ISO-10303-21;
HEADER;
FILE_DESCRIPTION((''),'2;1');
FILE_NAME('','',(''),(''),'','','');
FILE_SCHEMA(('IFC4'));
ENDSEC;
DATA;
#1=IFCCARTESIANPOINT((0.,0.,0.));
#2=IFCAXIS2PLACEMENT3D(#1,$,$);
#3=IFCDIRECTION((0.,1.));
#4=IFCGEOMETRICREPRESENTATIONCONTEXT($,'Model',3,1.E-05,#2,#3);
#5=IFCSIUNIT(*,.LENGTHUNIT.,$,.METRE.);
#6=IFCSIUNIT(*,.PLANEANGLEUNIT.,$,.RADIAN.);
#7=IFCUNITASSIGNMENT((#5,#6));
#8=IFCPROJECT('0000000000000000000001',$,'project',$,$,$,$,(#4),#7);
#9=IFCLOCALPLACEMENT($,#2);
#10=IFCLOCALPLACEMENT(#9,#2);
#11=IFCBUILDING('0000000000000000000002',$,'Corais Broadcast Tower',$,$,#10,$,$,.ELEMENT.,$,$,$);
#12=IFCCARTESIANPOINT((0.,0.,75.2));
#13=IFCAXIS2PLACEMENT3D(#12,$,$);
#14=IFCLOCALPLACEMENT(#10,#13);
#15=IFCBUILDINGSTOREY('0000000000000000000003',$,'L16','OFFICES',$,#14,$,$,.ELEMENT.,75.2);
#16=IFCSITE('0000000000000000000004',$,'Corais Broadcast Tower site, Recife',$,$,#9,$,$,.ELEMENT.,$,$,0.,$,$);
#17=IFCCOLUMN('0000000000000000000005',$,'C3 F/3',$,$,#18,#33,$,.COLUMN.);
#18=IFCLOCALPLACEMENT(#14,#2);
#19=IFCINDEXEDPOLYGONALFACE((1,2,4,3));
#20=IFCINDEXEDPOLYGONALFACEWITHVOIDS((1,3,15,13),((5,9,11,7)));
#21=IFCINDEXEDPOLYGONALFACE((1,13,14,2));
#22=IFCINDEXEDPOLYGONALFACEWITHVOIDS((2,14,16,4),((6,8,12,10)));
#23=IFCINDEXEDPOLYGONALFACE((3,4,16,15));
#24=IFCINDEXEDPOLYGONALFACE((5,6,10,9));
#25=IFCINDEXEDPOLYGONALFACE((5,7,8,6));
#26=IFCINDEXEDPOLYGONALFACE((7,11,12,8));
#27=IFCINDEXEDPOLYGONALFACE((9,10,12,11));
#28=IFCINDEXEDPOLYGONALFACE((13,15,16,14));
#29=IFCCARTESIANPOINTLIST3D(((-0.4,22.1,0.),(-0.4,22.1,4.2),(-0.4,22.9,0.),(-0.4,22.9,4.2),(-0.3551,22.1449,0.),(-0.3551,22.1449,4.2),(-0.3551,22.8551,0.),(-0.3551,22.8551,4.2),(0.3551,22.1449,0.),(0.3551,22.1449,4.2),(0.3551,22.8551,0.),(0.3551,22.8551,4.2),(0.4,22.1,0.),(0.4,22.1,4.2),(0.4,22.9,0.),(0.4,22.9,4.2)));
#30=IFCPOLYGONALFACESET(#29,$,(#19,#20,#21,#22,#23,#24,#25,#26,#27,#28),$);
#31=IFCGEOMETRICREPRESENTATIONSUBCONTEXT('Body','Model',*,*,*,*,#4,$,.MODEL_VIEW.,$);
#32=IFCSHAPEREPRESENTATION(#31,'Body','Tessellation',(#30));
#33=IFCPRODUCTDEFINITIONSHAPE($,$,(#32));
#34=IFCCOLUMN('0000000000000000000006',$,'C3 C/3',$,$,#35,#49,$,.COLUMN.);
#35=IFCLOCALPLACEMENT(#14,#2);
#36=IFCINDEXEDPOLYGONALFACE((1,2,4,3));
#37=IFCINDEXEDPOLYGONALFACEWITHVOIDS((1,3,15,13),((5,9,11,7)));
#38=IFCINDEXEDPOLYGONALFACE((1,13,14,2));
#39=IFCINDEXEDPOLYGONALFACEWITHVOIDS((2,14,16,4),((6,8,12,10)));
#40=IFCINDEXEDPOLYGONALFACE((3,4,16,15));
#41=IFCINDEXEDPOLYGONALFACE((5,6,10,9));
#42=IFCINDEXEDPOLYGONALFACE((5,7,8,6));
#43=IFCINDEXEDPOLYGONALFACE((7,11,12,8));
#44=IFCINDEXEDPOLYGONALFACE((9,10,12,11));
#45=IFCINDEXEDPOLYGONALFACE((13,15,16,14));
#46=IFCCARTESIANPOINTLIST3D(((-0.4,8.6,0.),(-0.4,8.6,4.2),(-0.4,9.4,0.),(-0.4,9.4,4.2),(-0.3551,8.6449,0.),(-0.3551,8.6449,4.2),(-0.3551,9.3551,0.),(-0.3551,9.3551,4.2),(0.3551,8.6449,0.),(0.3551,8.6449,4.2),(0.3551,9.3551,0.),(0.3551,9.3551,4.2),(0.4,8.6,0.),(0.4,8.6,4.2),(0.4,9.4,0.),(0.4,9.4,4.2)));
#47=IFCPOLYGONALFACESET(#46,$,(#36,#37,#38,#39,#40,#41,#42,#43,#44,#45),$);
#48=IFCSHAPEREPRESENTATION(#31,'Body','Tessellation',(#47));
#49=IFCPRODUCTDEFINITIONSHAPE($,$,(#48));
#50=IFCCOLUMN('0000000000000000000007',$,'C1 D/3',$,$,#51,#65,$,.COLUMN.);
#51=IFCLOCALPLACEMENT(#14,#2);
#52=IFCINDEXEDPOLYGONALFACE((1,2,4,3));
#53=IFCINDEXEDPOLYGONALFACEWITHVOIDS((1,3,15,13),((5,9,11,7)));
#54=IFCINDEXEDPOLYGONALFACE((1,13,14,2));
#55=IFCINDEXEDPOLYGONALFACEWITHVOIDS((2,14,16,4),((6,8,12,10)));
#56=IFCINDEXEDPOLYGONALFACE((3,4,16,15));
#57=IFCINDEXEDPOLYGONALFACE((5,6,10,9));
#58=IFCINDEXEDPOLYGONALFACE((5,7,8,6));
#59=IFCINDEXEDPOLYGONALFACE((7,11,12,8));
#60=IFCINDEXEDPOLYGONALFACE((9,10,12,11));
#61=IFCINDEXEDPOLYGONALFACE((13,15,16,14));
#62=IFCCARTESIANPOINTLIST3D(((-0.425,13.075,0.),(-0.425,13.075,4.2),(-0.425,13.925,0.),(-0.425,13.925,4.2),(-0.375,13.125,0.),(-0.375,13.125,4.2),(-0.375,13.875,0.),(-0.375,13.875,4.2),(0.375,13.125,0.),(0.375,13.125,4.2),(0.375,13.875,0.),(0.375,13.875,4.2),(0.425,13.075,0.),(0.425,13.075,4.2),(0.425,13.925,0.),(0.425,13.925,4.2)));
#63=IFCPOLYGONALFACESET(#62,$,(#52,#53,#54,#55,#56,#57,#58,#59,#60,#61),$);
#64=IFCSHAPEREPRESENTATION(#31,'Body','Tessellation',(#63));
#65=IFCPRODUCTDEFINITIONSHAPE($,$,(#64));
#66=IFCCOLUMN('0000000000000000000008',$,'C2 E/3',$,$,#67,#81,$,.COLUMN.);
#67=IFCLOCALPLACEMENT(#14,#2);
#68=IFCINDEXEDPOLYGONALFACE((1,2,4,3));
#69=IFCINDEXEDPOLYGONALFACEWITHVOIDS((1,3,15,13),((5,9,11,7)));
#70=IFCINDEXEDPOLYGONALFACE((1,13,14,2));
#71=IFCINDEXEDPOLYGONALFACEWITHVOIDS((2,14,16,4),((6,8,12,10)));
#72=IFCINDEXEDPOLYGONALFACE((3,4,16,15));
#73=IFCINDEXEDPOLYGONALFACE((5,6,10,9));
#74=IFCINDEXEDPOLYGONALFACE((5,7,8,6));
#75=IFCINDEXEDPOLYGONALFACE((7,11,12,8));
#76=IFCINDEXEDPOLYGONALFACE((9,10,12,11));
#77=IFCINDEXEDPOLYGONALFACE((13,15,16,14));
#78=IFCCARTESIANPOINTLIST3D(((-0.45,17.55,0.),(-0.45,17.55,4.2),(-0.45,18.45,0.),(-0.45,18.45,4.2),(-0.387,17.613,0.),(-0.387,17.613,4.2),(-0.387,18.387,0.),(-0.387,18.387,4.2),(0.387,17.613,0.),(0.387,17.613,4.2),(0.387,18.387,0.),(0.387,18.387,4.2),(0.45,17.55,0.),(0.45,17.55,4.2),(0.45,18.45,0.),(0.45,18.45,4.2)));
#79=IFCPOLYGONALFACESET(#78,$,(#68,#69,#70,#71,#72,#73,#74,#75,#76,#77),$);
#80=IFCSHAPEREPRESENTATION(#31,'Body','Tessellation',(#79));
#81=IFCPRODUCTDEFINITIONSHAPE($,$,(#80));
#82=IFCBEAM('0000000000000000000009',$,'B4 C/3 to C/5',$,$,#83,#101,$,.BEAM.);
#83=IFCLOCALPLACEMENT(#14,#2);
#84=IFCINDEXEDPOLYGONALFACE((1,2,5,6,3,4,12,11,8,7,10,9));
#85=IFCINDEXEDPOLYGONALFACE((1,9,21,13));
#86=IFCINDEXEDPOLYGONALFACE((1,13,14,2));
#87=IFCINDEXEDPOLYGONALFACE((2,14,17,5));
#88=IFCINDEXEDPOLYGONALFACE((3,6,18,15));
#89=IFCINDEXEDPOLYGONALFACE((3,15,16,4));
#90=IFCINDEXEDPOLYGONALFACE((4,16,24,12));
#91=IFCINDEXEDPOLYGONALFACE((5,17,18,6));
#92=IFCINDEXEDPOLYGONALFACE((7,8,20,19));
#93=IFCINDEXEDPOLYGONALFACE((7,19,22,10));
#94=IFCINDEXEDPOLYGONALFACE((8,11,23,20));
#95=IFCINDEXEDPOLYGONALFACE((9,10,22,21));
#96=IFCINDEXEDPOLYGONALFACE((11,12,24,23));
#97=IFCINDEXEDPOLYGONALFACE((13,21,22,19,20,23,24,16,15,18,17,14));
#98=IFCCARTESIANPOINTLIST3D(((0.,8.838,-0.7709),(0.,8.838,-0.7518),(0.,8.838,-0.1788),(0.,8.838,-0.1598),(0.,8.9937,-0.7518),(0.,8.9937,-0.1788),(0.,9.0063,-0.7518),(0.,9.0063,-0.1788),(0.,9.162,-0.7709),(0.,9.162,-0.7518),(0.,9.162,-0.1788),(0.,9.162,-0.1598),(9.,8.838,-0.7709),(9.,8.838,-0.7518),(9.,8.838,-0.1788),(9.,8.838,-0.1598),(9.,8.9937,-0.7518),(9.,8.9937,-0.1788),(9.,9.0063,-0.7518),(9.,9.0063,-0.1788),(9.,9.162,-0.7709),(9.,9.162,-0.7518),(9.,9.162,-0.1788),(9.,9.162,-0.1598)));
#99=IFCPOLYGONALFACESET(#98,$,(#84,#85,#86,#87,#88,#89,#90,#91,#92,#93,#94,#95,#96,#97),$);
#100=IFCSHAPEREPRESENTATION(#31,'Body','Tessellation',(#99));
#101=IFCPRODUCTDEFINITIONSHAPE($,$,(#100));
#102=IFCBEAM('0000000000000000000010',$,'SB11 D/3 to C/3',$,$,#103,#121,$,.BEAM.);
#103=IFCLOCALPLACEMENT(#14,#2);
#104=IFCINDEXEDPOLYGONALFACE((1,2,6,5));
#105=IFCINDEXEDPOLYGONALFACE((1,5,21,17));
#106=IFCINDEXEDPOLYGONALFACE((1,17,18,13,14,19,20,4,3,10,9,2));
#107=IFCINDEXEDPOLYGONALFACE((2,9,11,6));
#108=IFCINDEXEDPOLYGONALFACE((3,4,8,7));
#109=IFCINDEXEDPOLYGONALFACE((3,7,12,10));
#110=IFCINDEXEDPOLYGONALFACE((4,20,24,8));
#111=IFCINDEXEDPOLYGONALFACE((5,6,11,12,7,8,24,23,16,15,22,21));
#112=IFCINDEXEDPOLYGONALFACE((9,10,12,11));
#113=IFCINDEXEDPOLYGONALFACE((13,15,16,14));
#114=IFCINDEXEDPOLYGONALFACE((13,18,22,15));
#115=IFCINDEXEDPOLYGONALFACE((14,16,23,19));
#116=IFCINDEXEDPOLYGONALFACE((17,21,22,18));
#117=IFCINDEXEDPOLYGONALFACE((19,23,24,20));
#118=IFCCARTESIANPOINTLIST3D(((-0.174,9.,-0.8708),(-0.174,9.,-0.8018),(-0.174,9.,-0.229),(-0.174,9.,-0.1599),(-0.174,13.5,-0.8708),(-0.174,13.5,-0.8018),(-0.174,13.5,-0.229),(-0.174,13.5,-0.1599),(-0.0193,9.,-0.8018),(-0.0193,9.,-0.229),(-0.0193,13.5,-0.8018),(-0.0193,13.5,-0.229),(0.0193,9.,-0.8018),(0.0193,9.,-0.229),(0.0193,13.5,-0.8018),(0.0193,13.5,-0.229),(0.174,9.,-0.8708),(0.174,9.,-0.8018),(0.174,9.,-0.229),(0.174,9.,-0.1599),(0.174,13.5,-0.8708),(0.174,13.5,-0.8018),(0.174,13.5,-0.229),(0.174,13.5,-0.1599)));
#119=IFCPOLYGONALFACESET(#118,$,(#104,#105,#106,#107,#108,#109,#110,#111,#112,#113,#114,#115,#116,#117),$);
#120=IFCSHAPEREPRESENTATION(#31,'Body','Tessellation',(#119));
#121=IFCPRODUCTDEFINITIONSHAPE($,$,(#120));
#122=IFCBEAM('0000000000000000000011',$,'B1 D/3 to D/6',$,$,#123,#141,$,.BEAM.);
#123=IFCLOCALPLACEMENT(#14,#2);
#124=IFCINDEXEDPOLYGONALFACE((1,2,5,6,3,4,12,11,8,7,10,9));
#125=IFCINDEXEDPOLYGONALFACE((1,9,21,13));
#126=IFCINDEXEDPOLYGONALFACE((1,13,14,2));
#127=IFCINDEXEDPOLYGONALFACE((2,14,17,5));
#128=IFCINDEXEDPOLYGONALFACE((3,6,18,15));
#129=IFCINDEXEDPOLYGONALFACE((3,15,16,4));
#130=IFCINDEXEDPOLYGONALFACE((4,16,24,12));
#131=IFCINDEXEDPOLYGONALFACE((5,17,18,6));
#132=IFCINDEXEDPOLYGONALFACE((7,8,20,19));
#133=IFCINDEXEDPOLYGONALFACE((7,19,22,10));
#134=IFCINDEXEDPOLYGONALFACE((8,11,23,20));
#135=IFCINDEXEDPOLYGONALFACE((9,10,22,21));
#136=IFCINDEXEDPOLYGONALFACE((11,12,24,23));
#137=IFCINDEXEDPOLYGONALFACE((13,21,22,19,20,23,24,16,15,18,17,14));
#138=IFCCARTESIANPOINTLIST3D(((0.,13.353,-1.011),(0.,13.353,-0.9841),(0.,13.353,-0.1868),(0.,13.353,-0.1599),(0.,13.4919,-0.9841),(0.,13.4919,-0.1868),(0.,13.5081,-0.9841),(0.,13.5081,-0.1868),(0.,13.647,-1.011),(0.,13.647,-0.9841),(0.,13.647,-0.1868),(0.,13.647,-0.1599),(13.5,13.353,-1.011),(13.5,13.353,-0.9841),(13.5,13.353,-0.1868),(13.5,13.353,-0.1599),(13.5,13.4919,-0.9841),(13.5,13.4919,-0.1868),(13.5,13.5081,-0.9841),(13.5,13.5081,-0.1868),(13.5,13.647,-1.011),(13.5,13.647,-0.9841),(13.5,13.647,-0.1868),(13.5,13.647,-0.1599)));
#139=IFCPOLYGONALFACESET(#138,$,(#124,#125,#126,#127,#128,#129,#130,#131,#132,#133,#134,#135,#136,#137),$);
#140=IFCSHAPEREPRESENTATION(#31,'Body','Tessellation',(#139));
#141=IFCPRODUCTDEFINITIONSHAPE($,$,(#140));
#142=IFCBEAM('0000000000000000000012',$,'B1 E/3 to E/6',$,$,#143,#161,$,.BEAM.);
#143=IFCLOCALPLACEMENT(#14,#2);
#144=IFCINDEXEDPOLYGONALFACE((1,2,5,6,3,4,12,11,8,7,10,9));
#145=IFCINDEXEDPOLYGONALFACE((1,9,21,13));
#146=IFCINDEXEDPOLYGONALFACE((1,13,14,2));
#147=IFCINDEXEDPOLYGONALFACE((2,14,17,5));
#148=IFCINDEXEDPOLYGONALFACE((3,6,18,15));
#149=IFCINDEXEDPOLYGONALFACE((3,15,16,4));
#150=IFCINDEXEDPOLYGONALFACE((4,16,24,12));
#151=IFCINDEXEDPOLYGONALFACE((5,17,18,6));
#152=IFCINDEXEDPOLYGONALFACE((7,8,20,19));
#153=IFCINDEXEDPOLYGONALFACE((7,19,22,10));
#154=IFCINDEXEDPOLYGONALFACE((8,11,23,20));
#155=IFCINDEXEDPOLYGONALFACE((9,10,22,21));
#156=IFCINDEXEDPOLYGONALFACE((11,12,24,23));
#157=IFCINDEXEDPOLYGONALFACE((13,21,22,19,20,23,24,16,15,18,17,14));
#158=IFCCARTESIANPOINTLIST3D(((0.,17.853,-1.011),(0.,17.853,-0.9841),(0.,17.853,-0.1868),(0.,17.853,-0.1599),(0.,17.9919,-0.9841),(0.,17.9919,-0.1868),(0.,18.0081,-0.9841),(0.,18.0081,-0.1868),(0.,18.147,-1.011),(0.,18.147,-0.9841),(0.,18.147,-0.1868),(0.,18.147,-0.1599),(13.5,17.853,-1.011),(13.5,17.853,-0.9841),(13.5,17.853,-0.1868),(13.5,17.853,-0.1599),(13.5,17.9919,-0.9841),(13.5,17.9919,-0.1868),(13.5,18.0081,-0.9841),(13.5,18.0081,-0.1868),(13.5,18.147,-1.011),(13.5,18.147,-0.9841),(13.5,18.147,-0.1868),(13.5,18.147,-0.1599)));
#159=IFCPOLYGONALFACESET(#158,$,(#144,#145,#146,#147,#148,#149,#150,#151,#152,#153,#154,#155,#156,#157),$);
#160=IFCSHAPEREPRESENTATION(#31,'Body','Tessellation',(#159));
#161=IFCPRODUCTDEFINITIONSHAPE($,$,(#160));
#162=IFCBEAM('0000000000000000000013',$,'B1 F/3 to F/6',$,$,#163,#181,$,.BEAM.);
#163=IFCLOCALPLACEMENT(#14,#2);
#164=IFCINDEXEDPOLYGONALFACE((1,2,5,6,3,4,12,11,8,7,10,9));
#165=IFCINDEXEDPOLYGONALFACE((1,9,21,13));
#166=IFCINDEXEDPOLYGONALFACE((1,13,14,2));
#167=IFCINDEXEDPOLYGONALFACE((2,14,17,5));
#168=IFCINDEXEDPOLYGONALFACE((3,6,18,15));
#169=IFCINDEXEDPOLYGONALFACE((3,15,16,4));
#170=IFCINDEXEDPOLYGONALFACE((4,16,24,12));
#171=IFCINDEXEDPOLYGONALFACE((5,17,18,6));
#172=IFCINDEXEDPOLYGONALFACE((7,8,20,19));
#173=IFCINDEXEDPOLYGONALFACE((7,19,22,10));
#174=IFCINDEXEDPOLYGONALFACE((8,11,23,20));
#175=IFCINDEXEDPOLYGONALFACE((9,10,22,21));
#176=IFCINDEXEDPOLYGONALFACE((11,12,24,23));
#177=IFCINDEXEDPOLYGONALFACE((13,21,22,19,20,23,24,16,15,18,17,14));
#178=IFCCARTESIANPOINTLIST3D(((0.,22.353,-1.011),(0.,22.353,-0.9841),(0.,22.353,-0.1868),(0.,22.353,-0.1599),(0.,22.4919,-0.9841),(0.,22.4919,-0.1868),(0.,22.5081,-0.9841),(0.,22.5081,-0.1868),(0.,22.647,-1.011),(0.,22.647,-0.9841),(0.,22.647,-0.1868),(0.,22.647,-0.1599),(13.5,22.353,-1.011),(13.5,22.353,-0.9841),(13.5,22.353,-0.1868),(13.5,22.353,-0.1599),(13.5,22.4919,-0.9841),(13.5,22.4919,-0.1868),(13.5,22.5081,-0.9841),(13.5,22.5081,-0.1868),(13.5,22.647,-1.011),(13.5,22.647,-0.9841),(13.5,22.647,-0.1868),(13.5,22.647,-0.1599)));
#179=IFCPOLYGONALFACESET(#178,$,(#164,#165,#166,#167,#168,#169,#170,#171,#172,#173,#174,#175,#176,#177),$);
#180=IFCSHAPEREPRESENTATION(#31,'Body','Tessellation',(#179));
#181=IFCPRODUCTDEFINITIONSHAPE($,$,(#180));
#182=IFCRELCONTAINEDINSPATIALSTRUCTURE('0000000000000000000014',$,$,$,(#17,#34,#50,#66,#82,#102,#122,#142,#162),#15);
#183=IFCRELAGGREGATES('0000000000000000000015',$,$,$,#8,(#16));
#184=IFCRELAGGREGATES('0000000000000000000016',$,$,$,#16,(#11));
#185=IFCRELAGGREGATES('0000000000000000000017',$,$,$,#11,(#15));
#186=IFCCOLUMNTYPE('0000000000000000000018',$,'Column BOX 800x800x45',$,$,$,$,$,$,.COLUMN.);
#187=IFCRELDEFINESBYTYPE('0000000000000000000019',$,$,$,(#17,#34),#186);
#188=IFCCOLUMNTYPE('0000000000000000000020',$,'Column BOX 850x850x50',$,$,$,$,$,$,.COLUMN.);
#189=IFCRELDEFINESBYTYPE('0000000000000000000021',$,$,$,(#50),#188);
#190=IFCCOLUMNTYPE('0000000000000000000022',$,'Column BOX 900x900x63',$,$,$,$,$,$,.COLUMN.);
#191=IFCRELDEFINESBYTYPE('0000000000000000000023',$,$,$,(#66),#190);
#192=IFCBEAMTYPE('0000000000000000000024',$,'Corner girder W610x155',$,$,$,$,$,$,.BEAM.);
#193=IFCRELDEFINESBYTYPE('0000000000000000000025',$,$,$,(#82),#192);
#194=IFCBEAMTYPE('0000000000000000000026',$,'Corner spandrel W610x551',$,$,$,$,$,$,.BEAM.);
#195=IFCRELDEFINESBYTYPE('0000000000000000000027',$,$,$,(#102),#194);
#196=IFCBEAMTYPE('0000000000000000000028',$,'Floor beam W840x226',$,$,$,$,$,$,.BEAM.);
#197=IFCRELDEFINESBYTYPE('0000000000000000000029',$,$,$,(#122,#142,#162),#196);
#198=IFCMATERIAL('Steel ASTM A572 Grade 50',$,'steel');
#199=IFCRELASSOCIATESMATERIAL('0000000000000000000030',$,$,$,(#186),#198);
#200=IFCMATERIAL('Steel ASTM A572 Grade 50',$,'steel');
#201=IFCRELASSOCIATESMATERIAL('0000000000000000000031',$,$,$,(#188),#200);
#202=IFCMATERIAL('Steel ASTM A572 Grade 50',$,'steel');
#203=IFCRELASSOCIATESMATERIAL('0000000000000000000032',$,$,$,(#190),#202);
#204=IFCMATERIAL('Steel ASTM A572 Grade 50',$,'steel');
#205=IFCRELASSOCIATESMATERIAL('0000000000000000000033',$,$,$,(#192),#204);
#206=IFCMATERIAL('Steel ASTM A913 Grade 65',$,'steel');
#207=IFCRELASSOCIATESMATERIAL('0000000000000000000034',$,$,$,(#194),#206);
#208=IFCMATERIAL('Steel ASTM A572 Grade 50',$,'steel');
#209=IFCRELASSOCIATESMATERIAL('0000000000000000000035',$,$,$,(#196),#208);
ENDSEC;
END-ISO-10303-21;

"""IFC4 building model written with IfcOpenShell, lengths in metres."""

from ifc_helpers import new_model, si_unit, direction, frame, origin, origin_2d, place, context, subcontext, project, spatial, hollow_rectangle, i_section, extrude, material, material_profile, profile_set, type_object, element, save


model = new_model("IFC4")

# Units and contexts
model_context = context("Model", 3, precision=1e-05, world=origin(), true_north=direction((0.0, 1.0)))
body_context = subcontext(model_context, "Body", "Model", "MODEL_VIEW")
ifc_project = project(units=[si_unit("LENGTHUNIT", "METRE"), si_unit("PLANEANGLEUNIT", "RADIAN")], contexts=[model_context])

# Site, building, storey
site_placement = place(None, origin())
site = spatial("IfcSite", under=ifc_project, at=site_placement, Name="Corais Broadcast Tower site, Recife", CompositionType="ELEMENT", RefElevation=0.0)
building_placement = place(site_placement, origin())
building = spatial("IfcBuilding", under=site, at=building_placement, Name="Corais Broadcast Tower", CompositionType="ELEMENT")
storey_placement = place(building_placement, frame((0.0, 0.0, 75.2)))
storey = spatial("IfcBuildingStorey", under=building, at=storey_placement, Name="L16", Description="OFFICES", CompositionType="ELEMENT", Elevation=75.2)

# Columns
ifc_material_1 = material(Name="Steel ASTM A572 Grade 50", Category="steel")
ifc_material_profile_1 = material_profile(ifc_material_1, hollow_rectangle(XDim=0.8, YDim=0.8, WallThickness=0.0449, at=origin_2d()), Name="BOX 800x800x45")
ifc_profile_set_1 = profile_set([ifc_material_profile_1], Name="Steel ASTM A572 Grade 50")
column_type_1 = type_object("IfcColumnType", Name="Column BOX 800x800x45", PredefinedType="COLUMN", material=ifc_profile_set_1)
for number, where, z_axis, x_axis, name in (
    (1, (0.0, 22.5, 0.0), (0.0, 0.0, 1.0), (1.0, 0.0, 0.0), "C3 F/3"),
    (2, (0.0, 9.0, 0.0), (0.0, 0.0, 1.0), (1.0, 0.0, 0.0), "C3 C/3"),
):
    element("IfcColumn", number, at=place(storey_placement, frame(where, z_axis=z_axis, x_axis=x_axis)), inside=storey, type_object=column_type_1, Name=name, PredefinedType="COLUMN", context=body_context, shape_type="SweptSolid", body=[
        extrude(hollow_rectangle(XDim=0.8, YDim=0.8, WallThickness=0.0449, at=origin_2d()), origin(), (0.0, 0.0, 1.0), 4.2),
    ])
ifc_material_2 = material(Name="Steel ASTM A572 Grade 50", Category="steel")
ifc_material_profile_2 = material_profile(ifc_material_2, hollow_rectangle(XDim=0.8501, YDim=0.8501, WallThickness=0.05, at=origin_2d()), Name="BOX 850x850x50")
ifc_profile_set_2 = profile_set([ifc_material_profile_2], Name="Steel ASTM A572 Grade 50")
column_type_2 = type_object("IfcColumnType", Name="Column BOX 850x850x50", PredefinedType="COLUMN", material=ifc_profile_set_2)
column_1_placement = place(storey_placement, frame((0.0, 13.5, 0.0), z_axis=(0.0, 0.0, 1.0), x_axis=(1.0, 0.0, 0.0)))
element("IfcColumn", 3, at=column_1_placement, inside=storey, type_object=column_type_2, Name="C1 D/3", PredefinedType="COLUMN", context=body_context, shape_type="SweptSolid", body=[
    extrude(hollow_rectangle(XDim=0.8501, YDim=0.8501, WallThickness=0.05, at=origin_2d()), origin(), (0.0, 0.0, 1.0), 4.2),
])
ifc_material_3 = material(Name="Steel ASTM A572 Grade 50", Category="steel")
ifc_material_profile_3 = material_profile(ifc_material_3, hollow_rectangle(XDim=0.8999, YDim=0.8999, WallThickness=0.063, at=origin_2d()), Name="BOX 900x900x63")
ifc_profile_set_3 = profile_set([ifc_material_profile_3], Name="Steel ASTM A572 Grade 50")
column_type_3 = type_object("IfcColumnType", Name="Column BOX 900x900x63", PredefinedType="COLUMN", material=ifc_profile_set_3)
column_2_placement = place(storey_placement, frame((0.0, 18.0, 0.0), z_axis=(0.0, 0.0, 1.0), x_axis=(1.0, 0.0, 0.0)))
element("IfcColumn", 4, at=column_2_placement, inside=storey, type_object=column_type_3, Name="C2 E/3", PredefinedType="COLUMN", context=body_context, shape_type="SweptSolid", body=[
    extrude(hollow_rectangle(XDim=0.8999, YDim=0.8999, WallThickness=0.063, at=origin_2d()), origin(), (0.0, 0.0, 1.0), 4.2),
])

# Beams
ifc_material_4 = material(Name="Steel ASTM A572 Grade 50", Category="steel")
ifc_material_profile_4 = material_profile(ifc_material_4, i_section(OverallWidth=0.324, OverallDepth=0.6111, WebThickness=0.0127, FlangeThickness=0.019, at=origin_2d()), Name="W610x155")
ifc_profile_set_4 = profile_set([ifc_material_profile_4], Name="Steel ASTM A572 Grade 50")
beam_type_1 = type_object("IfcBeamType", Name="Corner girder W610x155", PredefinedType="BEAM", material=ifc_profile_set_4)
beam_1_placement = place(storey_placement, frame((0.0, 9.0, -0.4653), z_axis=(1.0, 0.0, 0.0), x_axis=(0.0, 1.0, 0.0)))
element("IfcBeam", 5, at=beam_1_placement, inside=storey, type_object=beam_type_1, Name="B4 C/3 to C/5", PredefinedType="BEAM", context=body_context, shape_type="SweptSolid", body=[
    extrude(i_section(OverallWidth=0.324, OverallDepth=0.6111, WebThickness=0.0127, FlangeThickness=0.019, at=origin_2d()), origin(), (0.0, 0.0, 1.0), 9.0),
])
ifc_material_5 = material(Name="Steel ASTM A913 Grade 65", Category="steel")
ifc_material_profile_5 = material_profile(ifc_material_5, i_section(OverallWidth=0.3479, OverallDepth=0.7109, WebThickness=0.0386, FlangeThickness=0.0691, at=origin_2d()), Name="W610x551")
ifc_profile_set_5 = profile_set([ifc_material_profile_5], Name="Steel ASTM A913 Grade 65")
beam_type_2 = type_object("IfcBeamType", Name="Corner spandrel W610x551", PredefinedType="BEAM", material=ifc_profile_set_5)
beam_2_placement = place(storey_placement, frame((0.0, 13.5, -0.5154), z_axis=(0.0, -1.0, 0.0), x_axis=(1.0, 0.0, 0.0)))
element("IfcBeam", 6, at=beam_2_placement, inside=storey, type_object=beam_type_2, Name="SB11 D/3 to C/3", PredefinedType="BEAM", context=body_context, shape_type="SweptSolid", body=[
    extrude(i_section(OverallWidth=0.3479, OverallDepth=0.7109, WebThickness=0.0386, FlangeThickness=0.0691, at=origin_2d()), origin(), (0.0, 0.0, 1.0), 4.5),
])
ifc_material_6 = material(Name="Steel ASTM A572 Grade 50", Category="steel")
ifc_material_profile_6 = material_profile(ifc_material_6, i_section(OverallWidth=0.2939, OverallDepth=0.8511, WebThickness=0.0161, FlangeThickness=0.0269, at=origin_2d()), Name="W840x226")
ifc_profile_set_6 = profile_set([ifc_material_profile_6], Name="Steel ASTM A572 Grade 50")
beam_type_3 = type_object("IfcBeamType", Name="Floor beam W840x226", PredefinedType="BEAM", material=ifc_profile_set_6)
for number, where, z_axis, x_axis, name in (
    (7, (0.0, 13.5, -0.5854), (1.0, 0.0, 0.0), (0.0, 1.0, 0.0), "B1 D/3 to D/6"),
    (8, (0.0, 18.0, -0.5854), (1.0, 0.0, 0.0), (0.0, 1.0, 0.0), "B1 E/3 to E/6"),
    (9, (0.0, 22.5, -0.5854), (1.0, 0.0, 0.0), (0.0, 1.0, 0.0), "B1 F/3 to F/6"),
):
    element("IfcBeam", number, at=place(storey_placement, frame(where, z_axis=z_axis, x_axis=x_axis)), inside=storey, type_object=beam_type_3, Name=name, PredefinedType="BEAM", context=body_context, shape_type="SweptSolid", body=[
        extrude(i_section(OverallWidth=0.2939, OverallDepth=0.8511, WebThickness=0.0161, FlangeThickness=0.0269, at=origin_2d()), origin(), (0.0, 0.0, 1.0), 13.5),
    ])

save(model, "model.ifc")
